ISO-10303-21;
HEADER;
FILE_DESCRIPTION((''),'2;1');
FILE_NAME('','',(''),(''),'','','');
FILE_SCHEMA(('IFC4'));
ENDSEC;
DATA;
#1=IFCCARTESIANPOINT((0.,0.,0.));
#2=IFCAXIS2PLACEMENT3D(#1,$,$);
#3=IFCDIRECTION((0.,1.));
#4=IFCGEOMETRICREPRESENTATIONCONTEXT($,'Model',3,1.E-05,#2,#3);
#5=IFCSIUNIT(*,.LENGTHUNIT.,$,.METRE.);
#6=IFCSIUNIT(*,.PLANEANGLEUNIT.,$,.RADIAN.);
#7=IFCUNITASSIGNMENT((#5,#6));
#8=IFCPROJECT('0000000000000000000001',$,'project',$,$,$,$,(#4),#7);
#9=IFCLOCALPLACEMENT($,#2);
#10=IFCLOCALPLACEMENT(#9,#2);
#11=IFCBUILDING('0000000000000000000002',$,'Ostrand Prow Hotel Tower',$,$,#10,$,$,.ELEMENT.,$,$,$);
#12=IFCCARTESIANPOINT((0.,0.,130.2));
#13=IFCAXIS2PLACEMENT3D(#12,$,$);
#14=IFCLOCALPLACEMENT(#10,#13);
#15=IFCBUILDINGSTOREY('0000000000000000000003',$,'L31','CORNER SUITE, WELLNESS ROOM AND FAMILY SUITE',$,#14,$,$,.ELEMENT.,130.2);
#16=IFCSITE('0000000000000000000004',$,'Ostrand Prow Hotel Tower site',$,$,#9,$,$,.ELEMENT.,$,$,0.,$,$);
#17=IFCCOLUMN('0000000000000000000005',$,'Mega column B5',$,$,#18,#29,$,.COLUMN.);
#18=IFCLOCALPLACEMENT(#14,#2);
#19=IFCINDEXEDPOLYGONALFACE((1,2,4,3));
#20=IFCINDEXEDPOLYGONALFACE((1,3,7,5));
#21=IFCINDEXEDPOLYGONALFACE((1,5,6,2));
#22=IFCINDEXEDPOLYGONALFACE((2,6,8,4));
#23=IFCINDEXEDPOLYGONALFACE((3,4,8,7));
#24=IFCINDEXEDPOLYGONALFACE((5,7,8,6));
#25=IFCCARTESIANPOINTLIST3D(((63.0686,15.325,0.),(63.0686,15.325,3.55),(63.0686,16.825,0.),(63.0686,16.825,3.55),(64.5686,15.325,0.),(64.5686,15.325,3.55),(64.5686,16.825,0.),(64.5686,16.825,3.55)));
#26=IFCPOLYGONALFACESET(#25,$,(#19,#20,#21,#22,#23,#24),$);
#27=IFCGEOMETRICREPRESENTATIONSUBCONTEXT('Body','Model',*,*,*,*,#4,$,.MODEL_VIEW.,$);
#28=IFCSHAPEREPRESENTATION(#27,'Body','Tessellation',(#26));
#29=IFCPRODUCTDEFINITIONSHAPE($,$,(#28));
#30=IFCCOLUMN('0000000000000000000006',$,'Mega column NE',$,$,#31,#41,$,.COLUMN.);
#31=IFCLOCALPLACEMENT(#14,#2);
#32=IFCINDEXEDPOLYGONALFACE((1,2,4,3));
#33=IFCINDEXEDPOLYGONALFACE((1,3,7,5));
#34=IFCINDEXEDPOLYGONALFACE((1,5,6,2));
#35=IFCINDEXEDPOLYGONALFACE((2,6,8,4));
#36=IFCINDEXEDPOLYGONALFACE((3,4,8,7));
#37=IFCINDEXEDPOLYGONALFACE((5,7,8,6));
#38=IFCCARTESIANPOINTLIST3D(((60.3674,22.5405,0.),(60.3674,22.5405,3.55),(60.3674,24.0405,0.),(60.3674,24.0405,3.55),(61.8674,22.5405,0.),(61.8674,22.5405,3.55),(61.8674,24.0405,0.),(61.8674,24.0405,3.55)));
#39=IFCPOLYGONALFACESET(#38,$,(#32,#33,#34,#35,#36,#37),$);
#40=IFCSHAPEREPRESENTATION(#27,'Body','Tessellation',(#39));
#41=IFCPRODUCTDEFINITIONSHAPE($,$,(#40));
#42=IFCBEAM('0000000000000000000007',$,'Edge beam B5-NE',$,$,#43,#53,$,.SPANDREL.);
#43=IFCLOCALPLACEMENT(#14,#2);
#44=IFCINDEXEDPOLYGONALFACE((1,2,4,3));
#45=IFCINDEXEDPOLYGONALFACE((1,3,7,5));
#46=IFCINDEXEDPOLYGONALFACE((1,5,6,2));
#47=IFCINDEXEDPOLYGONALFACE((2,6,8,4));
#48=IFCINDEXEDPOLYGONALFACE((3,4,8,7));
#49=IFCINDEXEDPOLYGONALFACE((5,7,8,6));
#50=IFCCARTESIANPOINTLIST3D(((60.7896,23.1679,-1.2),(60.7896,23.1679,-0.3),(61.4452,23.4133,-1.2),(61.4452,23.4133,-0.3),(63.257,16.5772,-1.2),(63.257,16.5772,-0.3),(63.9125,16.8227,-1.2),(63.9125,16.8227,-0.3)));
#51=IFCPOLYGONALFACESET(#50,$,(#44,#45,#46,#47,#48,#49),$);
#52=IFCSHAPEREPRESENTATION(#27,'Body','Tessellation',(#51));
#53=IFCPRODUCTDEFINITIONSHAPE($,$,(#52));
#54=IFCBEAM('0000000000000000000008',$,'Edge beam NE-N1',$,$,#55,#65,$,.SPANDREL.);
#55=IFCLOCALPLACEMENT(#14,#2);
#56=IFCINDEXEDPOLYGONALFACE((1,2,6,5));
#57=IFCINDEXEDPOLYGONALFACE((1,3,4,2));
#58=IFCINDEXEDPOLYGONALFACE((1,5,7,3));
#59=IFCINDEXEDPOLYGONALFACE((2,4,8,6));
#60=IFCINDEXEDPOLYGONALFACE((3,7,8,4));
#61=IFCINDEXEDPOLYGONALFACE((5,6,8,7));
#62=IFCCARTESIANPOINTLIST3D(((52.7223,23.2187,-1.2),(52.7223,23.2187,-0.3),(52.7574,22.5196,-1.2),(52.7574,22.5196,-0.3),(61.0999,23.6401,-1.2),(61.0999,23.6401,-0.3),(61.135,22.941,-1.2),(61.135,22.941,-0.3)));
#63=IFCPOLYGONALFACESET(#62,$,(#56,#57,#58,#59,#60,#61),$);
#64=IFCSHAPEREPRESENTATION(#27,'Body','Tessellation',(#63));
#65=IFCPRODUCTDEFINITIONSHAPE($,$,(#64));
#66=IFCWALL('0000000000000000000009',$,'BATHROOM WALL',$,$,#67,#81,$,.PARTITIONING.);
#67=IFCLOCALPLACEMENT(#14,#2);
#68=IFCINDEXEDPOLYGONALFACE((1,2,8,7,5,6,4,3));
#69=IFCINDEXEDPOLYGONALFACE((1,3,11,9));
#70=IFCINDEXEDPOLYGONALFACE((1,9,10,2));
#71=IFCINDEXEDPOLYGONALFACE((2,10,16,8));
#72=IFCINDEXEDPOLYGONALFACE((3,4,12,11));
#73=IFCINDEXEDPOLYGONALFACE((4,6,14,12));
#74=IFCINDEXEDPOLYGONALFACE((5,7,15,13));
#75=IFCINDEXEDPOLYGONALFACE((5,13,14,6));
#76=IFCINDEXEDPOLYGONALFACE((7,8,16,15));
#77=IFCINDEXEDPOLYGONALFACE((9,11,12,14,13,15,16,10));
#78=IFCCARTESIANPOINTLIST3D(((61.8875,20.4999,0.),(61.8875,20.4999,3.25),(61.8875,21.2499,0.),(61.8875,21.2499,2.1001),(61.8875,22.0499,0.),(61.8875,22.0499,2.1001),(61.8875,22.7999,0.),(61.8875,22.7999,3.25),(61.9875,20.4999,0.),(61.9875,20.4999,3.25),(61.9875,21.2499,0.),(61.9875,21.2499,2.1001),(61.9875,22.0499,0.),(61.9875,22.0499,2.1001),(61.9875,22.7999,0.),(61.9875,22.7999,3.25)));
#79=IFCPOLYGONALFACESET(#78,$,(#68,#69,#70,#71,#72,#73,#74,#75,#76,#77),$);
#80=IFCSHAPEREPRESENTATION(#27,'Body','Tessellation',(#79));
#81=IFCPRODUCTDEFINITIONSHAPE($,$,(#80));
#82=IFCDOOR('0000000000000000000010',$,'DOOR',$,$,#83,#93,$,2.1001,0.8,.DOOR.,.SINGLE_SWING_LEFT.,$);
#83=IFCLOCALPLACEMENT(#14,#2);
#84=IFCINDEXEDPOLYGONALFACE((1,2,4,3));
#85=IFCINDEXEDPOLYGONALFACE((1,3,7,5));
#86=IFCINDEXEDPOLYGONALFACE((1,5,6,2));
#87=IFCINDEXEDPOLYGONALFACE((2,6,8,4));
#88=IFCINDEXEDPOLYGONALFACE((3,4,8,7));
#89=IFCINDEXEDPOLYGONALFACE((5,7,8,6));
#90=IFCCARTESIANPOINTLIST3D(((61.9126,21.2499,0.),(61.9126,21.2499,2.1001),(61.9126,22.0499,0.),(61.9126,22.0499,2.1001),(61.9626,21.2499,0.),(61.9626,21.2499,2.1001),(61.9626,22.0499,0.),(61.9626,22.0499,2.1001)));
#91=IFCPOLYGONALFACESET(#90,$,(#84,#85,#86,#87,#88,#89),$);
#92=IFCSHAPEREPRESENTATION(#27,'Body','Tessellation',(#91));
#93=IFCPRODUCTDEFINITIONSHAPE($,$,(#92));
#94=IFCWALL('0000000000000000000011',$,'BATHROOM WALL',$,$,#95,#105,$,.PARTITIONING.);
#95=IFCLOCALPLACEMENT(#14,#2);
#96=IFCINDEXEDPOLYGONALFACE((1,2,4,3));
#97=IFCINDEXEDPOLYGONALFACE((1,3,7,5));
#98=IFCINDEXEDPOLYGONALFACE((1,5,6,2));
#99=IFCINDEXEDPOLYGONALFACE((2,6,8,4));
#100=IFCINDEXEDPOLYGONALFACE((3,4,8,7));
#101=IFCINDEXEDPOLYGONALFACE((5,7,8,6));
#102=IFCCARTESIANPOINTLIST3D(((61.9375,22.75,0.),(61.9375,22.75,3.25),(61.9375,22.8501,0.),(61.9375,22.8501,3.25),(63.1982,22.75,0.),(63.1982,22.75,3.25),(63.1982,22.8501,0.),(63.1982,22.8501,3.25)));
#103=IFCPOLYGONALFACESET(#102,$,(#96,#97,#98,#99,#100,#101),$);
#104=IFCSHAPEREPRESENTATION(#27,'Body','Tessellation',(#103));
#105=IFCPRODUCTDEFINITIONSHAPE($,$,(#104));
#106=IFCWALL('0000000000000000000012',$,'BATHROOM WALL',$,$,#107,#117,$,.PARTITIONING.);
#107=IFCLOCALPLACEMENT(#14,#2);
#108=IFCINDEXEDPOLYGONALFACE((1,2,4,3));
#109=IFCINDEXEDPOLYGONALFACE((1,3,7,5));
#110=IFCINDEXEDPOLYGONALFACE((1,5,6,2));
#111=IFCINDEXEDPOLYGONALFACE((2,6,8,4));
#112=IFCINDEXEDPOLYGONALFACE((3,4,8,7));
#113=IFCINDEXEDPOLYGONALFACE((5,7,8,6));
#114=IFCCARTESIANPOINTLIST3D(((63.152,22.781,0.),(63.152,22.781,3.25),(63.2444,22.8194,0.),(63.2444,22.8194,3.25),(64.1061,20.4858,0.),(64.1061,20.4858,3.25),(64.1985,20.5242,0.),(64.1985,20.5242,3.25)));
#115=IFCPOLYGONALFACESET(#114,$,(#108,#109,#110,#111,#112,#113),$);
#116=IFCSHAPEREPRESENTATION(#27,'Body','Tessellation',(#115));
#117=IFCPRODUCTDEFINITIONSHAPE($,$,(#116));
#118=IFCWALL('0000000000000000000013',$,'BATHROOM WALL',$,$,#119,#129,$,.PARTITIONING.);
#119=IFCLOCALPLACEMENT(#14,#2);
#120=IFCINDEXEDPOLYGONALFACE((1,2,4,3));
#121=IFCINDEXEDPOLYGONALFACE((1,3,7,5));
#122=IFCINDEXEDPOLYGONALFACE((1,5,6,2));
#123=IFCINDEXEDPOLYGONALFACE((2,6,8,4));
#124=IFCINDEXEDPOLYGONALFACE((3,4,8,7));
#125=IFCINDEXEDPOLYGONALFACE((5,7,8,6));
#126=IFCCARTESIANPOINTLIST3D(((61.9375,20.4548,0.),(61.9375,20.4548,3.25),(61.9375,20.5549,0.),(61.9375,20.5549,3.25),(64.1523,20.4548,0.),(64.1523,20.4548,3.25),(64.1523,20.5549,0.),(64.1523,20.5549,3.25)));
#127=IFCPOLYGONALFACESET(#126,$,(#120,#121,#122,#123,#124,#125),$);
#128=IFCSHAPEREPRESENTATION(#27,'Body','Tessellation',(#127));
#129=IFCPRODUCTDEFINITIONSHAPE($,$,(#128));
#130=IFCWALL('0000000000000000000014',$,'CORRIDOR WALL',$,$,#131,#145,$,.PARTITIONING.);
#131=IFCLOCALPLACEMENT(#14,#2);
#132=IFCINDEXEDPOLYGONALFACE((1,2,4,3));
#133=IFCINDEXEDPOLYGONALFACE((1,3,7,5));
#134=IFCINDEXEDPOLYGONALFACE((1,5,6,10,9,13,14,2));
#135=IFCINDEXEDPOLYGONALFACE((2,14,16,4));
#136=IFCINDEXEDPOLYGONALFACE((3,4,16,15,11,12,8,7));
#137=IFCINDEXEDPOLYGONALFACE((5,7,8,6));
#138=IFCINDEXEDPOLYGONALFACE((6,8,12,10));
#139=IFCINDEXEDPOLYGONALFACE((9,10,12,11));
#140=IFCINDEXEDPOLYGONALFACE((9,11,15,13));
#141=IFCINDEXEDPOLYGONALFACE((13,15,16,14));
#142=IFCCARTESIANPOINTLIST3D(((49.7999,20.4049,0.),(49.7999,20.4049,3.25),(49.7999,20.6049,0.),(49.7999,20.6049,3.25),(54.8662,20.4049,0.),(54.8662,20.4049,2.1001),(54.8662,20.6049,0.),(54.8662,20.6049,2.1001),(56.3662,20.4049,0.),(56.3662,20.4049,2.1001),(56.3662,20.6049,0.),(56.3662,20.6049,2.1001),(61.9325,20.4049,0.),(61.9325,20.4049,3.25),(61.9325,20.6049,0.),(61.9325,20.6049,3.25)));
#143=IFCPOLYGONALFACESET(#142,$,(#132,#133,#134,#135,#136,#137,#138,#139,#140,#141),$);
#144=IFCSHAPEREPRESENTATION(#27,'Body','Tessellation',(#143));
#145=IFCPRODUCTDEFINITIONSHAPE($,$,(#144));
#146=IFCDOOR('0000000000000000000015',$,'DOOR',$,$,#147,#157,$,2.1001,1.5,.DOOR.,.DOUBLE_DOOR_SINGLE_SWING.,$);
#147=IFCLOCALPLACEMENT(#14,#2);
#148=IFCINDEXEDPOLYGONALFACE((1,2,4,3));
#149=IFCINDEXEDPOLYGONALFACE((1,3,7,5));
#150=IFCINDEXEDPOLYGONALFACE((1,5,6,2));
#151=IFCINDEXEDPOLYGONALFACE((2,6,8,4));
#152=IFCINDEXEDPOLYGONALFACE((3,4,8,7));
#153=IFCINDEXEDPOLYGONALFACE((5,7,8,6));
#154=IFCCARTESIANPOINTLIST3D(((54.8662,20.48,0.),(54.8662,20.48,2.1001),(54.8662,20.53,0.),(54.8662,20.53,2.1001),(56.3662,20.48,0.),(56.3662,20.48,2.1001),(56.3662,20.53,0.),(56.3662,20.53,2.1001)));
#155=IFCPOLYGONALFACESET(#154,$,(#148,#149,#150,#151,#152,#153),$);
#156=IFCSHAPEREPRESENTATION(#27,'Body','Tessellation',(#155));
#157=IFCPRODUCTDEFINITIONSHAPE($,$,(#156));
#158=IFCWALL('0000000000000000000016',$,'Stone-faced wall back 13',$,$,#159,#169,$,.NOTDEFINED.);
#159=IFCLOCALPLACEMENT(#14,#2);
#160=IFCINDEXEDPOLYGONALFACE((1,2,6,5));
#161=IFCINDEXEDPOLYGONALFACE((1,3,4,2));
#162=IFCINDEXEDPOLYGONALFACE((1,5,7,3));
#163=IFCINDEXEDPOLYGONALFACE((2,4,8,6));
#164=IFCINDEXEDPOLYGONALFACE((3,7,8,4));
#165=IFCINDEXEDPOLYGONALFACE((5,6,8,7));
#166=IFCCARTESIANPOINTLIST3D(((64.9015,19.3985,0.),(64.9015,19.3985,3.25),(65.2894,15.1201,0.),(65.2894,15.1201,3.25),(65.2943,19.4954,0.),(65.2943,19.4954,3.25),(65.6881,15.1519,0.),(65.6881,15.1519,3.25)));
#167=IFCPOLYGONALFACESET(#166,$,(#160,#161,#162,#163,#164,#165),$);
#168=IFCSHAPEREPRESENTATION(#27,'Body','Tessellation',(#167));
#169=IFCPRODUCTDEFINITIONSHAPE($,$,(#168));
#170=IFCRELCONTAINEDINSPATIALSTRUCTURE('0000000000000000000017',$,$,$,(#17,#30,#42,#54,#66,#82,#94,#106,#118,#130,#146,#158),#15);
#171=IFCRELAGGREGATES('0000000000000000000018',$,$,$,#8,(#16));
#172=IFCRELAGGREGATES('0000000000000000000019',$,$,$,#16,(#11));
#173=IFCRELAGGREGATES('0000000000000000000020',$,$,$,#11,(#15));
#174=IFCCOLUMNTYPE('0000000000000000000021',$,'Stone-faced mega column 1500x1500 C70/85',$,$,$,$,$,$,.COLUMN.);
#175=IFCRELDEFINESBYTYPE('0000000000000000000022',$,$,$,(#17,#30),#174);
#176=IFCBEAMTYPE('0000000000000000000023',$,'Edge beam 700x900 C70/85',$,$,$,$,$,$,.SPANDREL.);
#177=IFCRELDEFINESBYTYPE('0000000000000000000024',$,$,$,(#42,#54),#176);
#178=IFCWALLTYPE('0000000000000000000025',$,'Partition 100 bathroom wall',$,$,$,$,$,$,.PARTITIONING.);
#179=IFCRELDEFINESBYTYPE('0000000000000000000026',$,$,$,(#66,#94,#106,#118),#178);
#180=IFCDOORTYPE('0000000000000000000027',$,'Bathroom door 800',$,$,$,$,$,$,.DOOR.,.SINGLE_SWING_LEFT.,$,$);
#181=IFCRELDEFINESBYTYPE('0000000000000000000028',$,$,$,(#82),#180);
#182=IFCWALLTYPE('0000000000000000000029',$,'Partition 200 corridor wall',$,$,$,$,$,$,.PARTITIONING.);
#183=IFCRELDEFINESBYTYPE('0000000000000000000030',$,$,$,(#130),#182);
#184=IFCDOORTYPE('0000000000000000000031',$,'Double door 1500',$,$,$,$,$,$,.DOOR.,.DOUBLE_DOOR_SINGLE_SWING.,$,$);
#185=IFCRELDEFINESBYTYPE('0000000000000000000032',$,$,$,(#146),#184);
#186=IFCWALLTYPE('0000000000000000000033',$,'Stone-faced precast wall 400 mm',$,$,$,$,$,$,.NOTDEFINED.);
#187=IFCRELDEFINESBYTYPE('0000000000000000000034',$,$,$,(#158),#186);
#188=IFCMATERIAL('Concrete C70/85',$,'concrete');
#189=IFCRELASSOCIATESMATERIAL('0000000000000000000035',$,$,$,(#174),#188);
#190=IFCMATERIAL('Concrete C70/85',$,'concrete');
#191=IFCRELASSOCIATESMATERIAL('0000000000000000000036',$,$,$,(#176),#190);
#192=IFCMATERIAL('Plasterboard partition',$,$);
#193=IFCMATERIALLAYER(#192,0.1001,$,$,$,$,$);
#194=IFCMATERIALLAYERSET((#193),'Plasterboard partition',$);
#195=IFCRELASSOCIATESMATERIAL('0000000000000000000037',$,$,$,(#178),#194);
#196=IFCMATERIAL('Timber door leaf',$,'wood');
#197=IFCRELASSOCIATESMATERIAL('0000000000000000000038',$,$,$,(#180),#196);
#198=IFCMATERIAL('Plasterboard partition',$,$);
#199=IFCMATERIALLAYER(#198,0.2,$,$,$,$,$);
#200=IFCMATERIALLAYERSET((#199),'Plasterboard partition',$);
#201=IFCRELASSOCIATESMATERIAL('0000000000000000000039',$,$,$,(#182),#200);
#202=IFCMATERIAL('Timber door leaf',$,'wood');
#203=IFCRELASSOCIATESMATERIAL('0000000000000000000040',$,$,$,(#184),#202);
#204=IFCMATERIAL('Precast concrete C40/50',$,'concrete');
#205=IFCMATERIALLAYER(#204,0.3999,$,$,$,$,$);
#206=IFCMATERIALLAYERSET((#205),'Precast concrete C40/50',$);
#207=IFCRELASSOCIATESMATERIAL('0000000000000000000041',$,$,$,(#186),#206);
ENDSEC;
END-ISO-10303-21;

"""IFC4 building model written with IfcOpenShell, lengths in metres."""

from ifc_helpers import new_model, si_unit, direction, frame, frame_2d, origin, origin_2d, place, context, subcontext, project, spatial, polyline, rectangle, outline, extrude, material, layer, layer_set, material_profile, profile_set, type_object, element, fill, save


model = new_model("IFC4")

# Units and contexts
model_context = context("Model", 3, precision=1e-05, world=origin(), true_north=direction((0.0, 1.0)))
body_context = subcontext(model_context, "Body", "Model", "MODEL_VIEW")
ifc_project = project(units=[si_unit("LENGTHUNIT", "METRE"), si_unit("PLANEANGLEUNIT", "RADIAN")], contexts=[model_context])

# Site, building, storey
site_placement = place(None, origin())
site = spatial("IfcSite", under=ifc_project, at=site_placement, Name="Ostrand Prow Hotel Tower site", CompositionType="ELEMENT", RefElevation=0.0)
building_placement = place(site_placement, origin())
building = spatial("IfcBuilding", under=site, at=building_placement, Name="Ostrand Prow Hotel Tower", CompositionType="ELEMENT")
storey_placement = place(building_placement, frame((0.0, 0.0, 130.2)))
storey = spatial("IfcBuildingStorey", under=building, at=storey_placement, Name="L31", Description="CORNER SUITE, WELLNESS ROOM AND FAMILY SUITE", CompositionType="ELEMENT", Elevation=130.2)

# Columns
ifc_material_1 = material(Name="Concrete C70/85", Category="concrete")
ifc_material_profile_1 = material_profile(ifc_material_1, rectangle(XDim=1.5, YDim=1.5, at=origin_2d()), Name="RC 1500x1500")
ifc_profile_set_1 = profile_set([ifc_material_profile_1], Name="Concrete C70/85")
column_type = type_object("IfcColumnType", Name="Stone-faced mega column 1500x1500 C70/85", PredefinedType="COLUMN", material=ifc_profile_set_1)
for number, where, z_axis, x_axis, name in (
    (1, (63.8186, 16.075, 0.0), (0.0, 0.0, 1.0), (1.0, 0.0, 0.0), "Mega column B5"),
    (2, (61.1174, 23.2905, 0.0), (0.0, 0.0, 1.0), (1.0, 0.0, 0.0), "Mega column NE"),
):
    element("IfcColumn", number, at=place(storey_placement, frame(where, z_axis=z_axis, x_axis=x_axis)), inside=storey, type_object=column_type, Name=name, PredefinedType="COLUMN", context=body_context, shape_type="SweptSolid", body=[
        extrude(rectangle(XDim=1.5, YDim=1.5, at=origin_2d()), origin(), (0.0, 0.0, 1.0), 3.55),
    ])

# Beams
ifc_material_2 = material(Name="Concrete C70/85", Category="concrete")
ifc_material_profile_2 = material_profile(ifc_material_2, rectangle(XDim=0.7, YDim=0.8999, at=origin_2d()), Name="RC 700x900")
ifc_profile_set_2 = profile_set([ifc_material_profile_2], Name="Concrete C70/85")
beam_type = type_object("IfcBeamType", Name="Edge beam 700x900 C70/85", PredefinedType="SPANDREL", material=ifc_profile_set_2)
beam_1_placement = place(storey_placement, frame((63.5847, 16.7, -0.75), z_axis=(-0.350603, 0.936524, 0.0), x_axis=(-0.936524, -0.350603, 0.0)))
element("IfcBeam", 3, at=beam_1_placement, inside=storey, type_object=beam_type, Name="Edge beam B5-NE", PredefinedType="SPANDREL", context=body_context, shape_type="SweptSolid", body=[
    extrude(rectangle(XDim=0.7, YDim=0.8999, at=origin_2d()), origin(), (0.0, 0.0, 1.0), 7.0374),
])
beam_2_placement = place(storey_placement, frame((61.1174, 23.2905, -0.75), z_axis=(-0.998737, -0.050235, 0.0), x_axis=(0.050235, -0.998737, 0.0)))
element("IfcBeam", 4, at=beam_2_placement, inside=storey, type_object=beam_type, Name="Edge beam NE-N1", PredefinedType="SPANDREL", context=body_context, shape_type="SweptSolid", body=[
    extrude(rectangle(XDim=0.7, YDim=0.8999, at=origin_2d()), origin(), (0.0, 0.0, 1.0), 8.3882),
])

# Wall, opening, door
ifc_material_3 = material(Name="Plasterboard partition")
ifc_layer_1 = layer(ifc_material_3, 0.1001)
ifc_layer_set_1 = layer_set([ifc_layer_1], Name="Plasterboard partition")
wall_type_1 = type_object("IfcWallType", Name="Partition 100 bathroom wall", PredefinedType="PARTITIONING", material=ifc_layer_set_1)
wall_1_placement = place(storey_placement, frame((61.9375, 20.5, 0.0), z_axis=(0.0, 0.0, 1.0), x_axis=(0.0, 1.0, 0.0)))
wall_1 = element("IfcWall", 5, at=wall_1_placement, inside=storey, type_object=wall_type_1, Name="BATHROOM WALL", PredefinedType="PARTITIONING", context=body_context, shape_type="SweptSolid", body=[
    extrude(rectangle(XDim=2.3, YDim=0.1001, at=frame_2d((1.1499, 0.0))), origin(), (0.0, 0.0, 1.0), 3.25),
])
opening_1_placement = place(wall_1_placement, frame((0.75, 0.0, 0.0)))
opening_1 = element("IfcOpeningElement", 6, at=opening_1_placement, cuts=wall_1, PredefinedType="OPENING", context=body_context, shape_type="SweptSolid", body=[
    extrude(rectangle(XDim=0.8, YDim=2.1001, at=frame_2d((0.3999, 1.05))), frame((0.0, 0.0601, 0.0), z_axis=(0.0, -1.0, 0.0), x_axis=(1.0, 0.0, 0.0)), (0.0, 0.0, 1.0), 0.1201),
])
ifc_material_4 = material(Name="Timber door leaf", Category="wood")
door_type_1 = type_object("IfcDoorType", Name="Bathroom door 800", OperationType="SINGLE_SWING_LEFT", PredefinedType="DOOR", material=ifc_material_4)
door_1_placement = place(opening_1_placement, origin())
door_1 = element("IfcDoor", 7, at=door_1_placement, inside=storey, type_object=door_type_1, Name="DOOR", OperationType="SINGLE_SWING_LEFT", OverallHeight=2.1001, OverallWidth=0.8, PredefinedType="DOOR", context=body_context, shape_type="SweptSolid", body=[
    extrude(rectangle(XDim=0.8, YDim=2.1001, at=frame_2d((0.3999, 1.05))), frame((0.0, 0.0249, 0.0), z_axis=(0.0, -1.0, 0.0), x_axis=(1.0, 0.0, 0.0)), (0.0, 0.0, 1.0), 0.05),
])
fill(opening_1, door_1)

# Walls
wall_2_placement = place(storey_placement, frame((61.9375, 22.8, 0.0), z_axis=(0.0, 0.0, 1.0), x_axis=(1.0, 0.0, 0.0)))
element("IfcWall", 8, at=wall_2_placement, inside=storey, type_object=wall_type_1, Name="BATHROOM WALL", PredefinedType="PARTITIONING", context=body_context, shape_type="SweptSolid", body=[
    extrude(rectangle(XDim=1.2607, YDim=0.1001, at=frame_2d((0.6304, 0.0))), origin(), (0.0, 0.0, 1.0), 3.25),
])
wall_3_placement = place(storey_placement, frame((63.1982, 22.8, 0.0), z_axis=(0.0, 0.0, 1.0), x_axis=(0.383855, -0.923393, 0.0)))
element("IfcWall", 9, at=wall_3_placement, inside=storey, type_object=wall_type_1, Name="BATHROOM WALL", PredefinedType="PARTITIONING", context=body_context, shape_type="SweptSolid", body=[
    extrude(rectangle(XDim=2.4856, YDim=0.1001, at=frame_2d((1.2427, 0.0))), origin(), (0.0, 0.0, 1.0), 3.25),
])
wall_4_placement = place(storey_placement, frame((64.1523, 20.5049, 0.0), z_axis=(0.0, 0.0, 1.0), x_axis=(-1.0, 0.0, 0.0)))
element("IfcWall", 10, at=wall_4_placement, inside=storey, type_object=wall_type_1, Name="BATHROOM WALL", PredefinedType="PARTITIONING", context=body_context, shape_type="SweptSolid", body=[
    extrude(rectangle(XDim=2.2148, YDim=0.1001, at=frame_2d((1.1074, 0.0))), origin(), (0.0, 0.0, 1.0), 3.25),
])

# Wall, opening, door
ifc_material_5 = material(Name="Plasterboard partition")
ifc_layer_2 = layer(ifc_material_5, 0.2)
ifc_layer_set_2 = layer_set([ifc_layer_2], Name="Plasterboard partition")
wall_type_2 = type_object("IfcWallType", Name="Partition 200 corridor wall", PredefinedType="PARTITIONING", material=ifc_layer_set_2)
wall_5_placement = place(storey_placement, frame((61.9326, 20.5049, 0.0), z_axis=(0.0, 0.0, 1.0), x_axis=(-1.0, 0.0, 0.0)))
wall_5 = element("IfcWall", 11, at=wall_5_placement, inside=storey, type_object=wall_type_2, Name="CORRIDOR WALL", PredefinedType="PARTITIONING", context=body_context, shape_type="SweptSolid", body=[
    extrude(rectangle(XDim=12.1326, YDim=0.2, at=frame_2d((6.0664, 0.0))), origin(), (0.0, 0.0, 1.0), 3.25),
])
opening_2_placement = place(wall_5_placement, frame((5.5664, 0.0, 0.0)))
opening_2 = element("IfcOpeningElement", 12, at=opening_2_placement, cuts=wall_5, PredefinedType="OPENING", context=body_context, shape_type="SweptSolid", body=[
    extrude(rectangle(XDim=1.5, YDim=2.1001, at=frame_2d((0.75, 1.05))), frame((0.0, 0.1099, 0.0), z_axis=(0.0, -1.0, 0.0), x_axis=(1.0, 0.0, 0.0)), (0.0, 0.0, 1.0), 0.22),
])
ifc_material_6 = material(Name="Timber door leaf", Category="wood")
door_type_2 = type_object("IfcDoorType", Name="Double door 1500", OperationType="DOUBLE_DOOR_SINGLE_SWING", PredefinedType="DOOR", material=ifc_material_6)
door_2_placement = place(opening_2_placement, origin())
door_2 = element("IfcDoor", 13, at=door_2_placement, inside=storey, type_object=door_type_2, Name="DOOR", OperationType="DOUBLE_DOOR_SINGLE_SWING", OverallHeight=2.1001, OverallWidth=1.5, PredefinedType="DOOR", context=body_context, shape_type="SweptSolid", body=[
    extrude(rectangle(XDim=1.5, YDim=2.1001, at=frame_2d((0.75, 1.05))), frame((0.0, 0.0249, 0.0), z_axis=(0.0, -1.0, 0.0), x_axis=(1.0, 0.0, 0.0)), (0.0, 0.0, 1.0), 0.05),
])
fill(opening_2, door_2)

# Wall
ifc_material_7 = material(Name="Precast concrete C40/50", Category="concrete")
ifc_layer_3 = layer(ifc_material_7, 0.3999)
ifc_layer_set_3 = layer_set([ifc_layer_3], Name="Precast concrete C40/50")
wall_type_3 = type_object("IfcWallType", Name="Stone-faced precast wall 400 mm", PredefinedType="NOTDEFINED", material=ifc_layer_set_3)
wall_6_placement = place(storey_placement, frame((65.4888, 15.136, 0.0), z_axis=(0.0, 0.0, 1.0), x_axis=(-0.090297, 0.995915, 0.0)))
element("IfcWall", 14, at=wall_6_placement, inside=storey, type_object=wall_type_3, Name="Stone-faced wall back 13", PredefinedType="NOTDEFINED", context=body_context, shape_type="SweptSolid", body=[
    extrude(outline(polyline([(-0.0022, -0.2), (4.3591, -0.2), (4.2981, 0.2), (0.0022, 0.2), (-0.0022, -0.2)])), origin(), (0.0, 0.0, 1.0), 3.25),
])

save(model, "model.ifc")
